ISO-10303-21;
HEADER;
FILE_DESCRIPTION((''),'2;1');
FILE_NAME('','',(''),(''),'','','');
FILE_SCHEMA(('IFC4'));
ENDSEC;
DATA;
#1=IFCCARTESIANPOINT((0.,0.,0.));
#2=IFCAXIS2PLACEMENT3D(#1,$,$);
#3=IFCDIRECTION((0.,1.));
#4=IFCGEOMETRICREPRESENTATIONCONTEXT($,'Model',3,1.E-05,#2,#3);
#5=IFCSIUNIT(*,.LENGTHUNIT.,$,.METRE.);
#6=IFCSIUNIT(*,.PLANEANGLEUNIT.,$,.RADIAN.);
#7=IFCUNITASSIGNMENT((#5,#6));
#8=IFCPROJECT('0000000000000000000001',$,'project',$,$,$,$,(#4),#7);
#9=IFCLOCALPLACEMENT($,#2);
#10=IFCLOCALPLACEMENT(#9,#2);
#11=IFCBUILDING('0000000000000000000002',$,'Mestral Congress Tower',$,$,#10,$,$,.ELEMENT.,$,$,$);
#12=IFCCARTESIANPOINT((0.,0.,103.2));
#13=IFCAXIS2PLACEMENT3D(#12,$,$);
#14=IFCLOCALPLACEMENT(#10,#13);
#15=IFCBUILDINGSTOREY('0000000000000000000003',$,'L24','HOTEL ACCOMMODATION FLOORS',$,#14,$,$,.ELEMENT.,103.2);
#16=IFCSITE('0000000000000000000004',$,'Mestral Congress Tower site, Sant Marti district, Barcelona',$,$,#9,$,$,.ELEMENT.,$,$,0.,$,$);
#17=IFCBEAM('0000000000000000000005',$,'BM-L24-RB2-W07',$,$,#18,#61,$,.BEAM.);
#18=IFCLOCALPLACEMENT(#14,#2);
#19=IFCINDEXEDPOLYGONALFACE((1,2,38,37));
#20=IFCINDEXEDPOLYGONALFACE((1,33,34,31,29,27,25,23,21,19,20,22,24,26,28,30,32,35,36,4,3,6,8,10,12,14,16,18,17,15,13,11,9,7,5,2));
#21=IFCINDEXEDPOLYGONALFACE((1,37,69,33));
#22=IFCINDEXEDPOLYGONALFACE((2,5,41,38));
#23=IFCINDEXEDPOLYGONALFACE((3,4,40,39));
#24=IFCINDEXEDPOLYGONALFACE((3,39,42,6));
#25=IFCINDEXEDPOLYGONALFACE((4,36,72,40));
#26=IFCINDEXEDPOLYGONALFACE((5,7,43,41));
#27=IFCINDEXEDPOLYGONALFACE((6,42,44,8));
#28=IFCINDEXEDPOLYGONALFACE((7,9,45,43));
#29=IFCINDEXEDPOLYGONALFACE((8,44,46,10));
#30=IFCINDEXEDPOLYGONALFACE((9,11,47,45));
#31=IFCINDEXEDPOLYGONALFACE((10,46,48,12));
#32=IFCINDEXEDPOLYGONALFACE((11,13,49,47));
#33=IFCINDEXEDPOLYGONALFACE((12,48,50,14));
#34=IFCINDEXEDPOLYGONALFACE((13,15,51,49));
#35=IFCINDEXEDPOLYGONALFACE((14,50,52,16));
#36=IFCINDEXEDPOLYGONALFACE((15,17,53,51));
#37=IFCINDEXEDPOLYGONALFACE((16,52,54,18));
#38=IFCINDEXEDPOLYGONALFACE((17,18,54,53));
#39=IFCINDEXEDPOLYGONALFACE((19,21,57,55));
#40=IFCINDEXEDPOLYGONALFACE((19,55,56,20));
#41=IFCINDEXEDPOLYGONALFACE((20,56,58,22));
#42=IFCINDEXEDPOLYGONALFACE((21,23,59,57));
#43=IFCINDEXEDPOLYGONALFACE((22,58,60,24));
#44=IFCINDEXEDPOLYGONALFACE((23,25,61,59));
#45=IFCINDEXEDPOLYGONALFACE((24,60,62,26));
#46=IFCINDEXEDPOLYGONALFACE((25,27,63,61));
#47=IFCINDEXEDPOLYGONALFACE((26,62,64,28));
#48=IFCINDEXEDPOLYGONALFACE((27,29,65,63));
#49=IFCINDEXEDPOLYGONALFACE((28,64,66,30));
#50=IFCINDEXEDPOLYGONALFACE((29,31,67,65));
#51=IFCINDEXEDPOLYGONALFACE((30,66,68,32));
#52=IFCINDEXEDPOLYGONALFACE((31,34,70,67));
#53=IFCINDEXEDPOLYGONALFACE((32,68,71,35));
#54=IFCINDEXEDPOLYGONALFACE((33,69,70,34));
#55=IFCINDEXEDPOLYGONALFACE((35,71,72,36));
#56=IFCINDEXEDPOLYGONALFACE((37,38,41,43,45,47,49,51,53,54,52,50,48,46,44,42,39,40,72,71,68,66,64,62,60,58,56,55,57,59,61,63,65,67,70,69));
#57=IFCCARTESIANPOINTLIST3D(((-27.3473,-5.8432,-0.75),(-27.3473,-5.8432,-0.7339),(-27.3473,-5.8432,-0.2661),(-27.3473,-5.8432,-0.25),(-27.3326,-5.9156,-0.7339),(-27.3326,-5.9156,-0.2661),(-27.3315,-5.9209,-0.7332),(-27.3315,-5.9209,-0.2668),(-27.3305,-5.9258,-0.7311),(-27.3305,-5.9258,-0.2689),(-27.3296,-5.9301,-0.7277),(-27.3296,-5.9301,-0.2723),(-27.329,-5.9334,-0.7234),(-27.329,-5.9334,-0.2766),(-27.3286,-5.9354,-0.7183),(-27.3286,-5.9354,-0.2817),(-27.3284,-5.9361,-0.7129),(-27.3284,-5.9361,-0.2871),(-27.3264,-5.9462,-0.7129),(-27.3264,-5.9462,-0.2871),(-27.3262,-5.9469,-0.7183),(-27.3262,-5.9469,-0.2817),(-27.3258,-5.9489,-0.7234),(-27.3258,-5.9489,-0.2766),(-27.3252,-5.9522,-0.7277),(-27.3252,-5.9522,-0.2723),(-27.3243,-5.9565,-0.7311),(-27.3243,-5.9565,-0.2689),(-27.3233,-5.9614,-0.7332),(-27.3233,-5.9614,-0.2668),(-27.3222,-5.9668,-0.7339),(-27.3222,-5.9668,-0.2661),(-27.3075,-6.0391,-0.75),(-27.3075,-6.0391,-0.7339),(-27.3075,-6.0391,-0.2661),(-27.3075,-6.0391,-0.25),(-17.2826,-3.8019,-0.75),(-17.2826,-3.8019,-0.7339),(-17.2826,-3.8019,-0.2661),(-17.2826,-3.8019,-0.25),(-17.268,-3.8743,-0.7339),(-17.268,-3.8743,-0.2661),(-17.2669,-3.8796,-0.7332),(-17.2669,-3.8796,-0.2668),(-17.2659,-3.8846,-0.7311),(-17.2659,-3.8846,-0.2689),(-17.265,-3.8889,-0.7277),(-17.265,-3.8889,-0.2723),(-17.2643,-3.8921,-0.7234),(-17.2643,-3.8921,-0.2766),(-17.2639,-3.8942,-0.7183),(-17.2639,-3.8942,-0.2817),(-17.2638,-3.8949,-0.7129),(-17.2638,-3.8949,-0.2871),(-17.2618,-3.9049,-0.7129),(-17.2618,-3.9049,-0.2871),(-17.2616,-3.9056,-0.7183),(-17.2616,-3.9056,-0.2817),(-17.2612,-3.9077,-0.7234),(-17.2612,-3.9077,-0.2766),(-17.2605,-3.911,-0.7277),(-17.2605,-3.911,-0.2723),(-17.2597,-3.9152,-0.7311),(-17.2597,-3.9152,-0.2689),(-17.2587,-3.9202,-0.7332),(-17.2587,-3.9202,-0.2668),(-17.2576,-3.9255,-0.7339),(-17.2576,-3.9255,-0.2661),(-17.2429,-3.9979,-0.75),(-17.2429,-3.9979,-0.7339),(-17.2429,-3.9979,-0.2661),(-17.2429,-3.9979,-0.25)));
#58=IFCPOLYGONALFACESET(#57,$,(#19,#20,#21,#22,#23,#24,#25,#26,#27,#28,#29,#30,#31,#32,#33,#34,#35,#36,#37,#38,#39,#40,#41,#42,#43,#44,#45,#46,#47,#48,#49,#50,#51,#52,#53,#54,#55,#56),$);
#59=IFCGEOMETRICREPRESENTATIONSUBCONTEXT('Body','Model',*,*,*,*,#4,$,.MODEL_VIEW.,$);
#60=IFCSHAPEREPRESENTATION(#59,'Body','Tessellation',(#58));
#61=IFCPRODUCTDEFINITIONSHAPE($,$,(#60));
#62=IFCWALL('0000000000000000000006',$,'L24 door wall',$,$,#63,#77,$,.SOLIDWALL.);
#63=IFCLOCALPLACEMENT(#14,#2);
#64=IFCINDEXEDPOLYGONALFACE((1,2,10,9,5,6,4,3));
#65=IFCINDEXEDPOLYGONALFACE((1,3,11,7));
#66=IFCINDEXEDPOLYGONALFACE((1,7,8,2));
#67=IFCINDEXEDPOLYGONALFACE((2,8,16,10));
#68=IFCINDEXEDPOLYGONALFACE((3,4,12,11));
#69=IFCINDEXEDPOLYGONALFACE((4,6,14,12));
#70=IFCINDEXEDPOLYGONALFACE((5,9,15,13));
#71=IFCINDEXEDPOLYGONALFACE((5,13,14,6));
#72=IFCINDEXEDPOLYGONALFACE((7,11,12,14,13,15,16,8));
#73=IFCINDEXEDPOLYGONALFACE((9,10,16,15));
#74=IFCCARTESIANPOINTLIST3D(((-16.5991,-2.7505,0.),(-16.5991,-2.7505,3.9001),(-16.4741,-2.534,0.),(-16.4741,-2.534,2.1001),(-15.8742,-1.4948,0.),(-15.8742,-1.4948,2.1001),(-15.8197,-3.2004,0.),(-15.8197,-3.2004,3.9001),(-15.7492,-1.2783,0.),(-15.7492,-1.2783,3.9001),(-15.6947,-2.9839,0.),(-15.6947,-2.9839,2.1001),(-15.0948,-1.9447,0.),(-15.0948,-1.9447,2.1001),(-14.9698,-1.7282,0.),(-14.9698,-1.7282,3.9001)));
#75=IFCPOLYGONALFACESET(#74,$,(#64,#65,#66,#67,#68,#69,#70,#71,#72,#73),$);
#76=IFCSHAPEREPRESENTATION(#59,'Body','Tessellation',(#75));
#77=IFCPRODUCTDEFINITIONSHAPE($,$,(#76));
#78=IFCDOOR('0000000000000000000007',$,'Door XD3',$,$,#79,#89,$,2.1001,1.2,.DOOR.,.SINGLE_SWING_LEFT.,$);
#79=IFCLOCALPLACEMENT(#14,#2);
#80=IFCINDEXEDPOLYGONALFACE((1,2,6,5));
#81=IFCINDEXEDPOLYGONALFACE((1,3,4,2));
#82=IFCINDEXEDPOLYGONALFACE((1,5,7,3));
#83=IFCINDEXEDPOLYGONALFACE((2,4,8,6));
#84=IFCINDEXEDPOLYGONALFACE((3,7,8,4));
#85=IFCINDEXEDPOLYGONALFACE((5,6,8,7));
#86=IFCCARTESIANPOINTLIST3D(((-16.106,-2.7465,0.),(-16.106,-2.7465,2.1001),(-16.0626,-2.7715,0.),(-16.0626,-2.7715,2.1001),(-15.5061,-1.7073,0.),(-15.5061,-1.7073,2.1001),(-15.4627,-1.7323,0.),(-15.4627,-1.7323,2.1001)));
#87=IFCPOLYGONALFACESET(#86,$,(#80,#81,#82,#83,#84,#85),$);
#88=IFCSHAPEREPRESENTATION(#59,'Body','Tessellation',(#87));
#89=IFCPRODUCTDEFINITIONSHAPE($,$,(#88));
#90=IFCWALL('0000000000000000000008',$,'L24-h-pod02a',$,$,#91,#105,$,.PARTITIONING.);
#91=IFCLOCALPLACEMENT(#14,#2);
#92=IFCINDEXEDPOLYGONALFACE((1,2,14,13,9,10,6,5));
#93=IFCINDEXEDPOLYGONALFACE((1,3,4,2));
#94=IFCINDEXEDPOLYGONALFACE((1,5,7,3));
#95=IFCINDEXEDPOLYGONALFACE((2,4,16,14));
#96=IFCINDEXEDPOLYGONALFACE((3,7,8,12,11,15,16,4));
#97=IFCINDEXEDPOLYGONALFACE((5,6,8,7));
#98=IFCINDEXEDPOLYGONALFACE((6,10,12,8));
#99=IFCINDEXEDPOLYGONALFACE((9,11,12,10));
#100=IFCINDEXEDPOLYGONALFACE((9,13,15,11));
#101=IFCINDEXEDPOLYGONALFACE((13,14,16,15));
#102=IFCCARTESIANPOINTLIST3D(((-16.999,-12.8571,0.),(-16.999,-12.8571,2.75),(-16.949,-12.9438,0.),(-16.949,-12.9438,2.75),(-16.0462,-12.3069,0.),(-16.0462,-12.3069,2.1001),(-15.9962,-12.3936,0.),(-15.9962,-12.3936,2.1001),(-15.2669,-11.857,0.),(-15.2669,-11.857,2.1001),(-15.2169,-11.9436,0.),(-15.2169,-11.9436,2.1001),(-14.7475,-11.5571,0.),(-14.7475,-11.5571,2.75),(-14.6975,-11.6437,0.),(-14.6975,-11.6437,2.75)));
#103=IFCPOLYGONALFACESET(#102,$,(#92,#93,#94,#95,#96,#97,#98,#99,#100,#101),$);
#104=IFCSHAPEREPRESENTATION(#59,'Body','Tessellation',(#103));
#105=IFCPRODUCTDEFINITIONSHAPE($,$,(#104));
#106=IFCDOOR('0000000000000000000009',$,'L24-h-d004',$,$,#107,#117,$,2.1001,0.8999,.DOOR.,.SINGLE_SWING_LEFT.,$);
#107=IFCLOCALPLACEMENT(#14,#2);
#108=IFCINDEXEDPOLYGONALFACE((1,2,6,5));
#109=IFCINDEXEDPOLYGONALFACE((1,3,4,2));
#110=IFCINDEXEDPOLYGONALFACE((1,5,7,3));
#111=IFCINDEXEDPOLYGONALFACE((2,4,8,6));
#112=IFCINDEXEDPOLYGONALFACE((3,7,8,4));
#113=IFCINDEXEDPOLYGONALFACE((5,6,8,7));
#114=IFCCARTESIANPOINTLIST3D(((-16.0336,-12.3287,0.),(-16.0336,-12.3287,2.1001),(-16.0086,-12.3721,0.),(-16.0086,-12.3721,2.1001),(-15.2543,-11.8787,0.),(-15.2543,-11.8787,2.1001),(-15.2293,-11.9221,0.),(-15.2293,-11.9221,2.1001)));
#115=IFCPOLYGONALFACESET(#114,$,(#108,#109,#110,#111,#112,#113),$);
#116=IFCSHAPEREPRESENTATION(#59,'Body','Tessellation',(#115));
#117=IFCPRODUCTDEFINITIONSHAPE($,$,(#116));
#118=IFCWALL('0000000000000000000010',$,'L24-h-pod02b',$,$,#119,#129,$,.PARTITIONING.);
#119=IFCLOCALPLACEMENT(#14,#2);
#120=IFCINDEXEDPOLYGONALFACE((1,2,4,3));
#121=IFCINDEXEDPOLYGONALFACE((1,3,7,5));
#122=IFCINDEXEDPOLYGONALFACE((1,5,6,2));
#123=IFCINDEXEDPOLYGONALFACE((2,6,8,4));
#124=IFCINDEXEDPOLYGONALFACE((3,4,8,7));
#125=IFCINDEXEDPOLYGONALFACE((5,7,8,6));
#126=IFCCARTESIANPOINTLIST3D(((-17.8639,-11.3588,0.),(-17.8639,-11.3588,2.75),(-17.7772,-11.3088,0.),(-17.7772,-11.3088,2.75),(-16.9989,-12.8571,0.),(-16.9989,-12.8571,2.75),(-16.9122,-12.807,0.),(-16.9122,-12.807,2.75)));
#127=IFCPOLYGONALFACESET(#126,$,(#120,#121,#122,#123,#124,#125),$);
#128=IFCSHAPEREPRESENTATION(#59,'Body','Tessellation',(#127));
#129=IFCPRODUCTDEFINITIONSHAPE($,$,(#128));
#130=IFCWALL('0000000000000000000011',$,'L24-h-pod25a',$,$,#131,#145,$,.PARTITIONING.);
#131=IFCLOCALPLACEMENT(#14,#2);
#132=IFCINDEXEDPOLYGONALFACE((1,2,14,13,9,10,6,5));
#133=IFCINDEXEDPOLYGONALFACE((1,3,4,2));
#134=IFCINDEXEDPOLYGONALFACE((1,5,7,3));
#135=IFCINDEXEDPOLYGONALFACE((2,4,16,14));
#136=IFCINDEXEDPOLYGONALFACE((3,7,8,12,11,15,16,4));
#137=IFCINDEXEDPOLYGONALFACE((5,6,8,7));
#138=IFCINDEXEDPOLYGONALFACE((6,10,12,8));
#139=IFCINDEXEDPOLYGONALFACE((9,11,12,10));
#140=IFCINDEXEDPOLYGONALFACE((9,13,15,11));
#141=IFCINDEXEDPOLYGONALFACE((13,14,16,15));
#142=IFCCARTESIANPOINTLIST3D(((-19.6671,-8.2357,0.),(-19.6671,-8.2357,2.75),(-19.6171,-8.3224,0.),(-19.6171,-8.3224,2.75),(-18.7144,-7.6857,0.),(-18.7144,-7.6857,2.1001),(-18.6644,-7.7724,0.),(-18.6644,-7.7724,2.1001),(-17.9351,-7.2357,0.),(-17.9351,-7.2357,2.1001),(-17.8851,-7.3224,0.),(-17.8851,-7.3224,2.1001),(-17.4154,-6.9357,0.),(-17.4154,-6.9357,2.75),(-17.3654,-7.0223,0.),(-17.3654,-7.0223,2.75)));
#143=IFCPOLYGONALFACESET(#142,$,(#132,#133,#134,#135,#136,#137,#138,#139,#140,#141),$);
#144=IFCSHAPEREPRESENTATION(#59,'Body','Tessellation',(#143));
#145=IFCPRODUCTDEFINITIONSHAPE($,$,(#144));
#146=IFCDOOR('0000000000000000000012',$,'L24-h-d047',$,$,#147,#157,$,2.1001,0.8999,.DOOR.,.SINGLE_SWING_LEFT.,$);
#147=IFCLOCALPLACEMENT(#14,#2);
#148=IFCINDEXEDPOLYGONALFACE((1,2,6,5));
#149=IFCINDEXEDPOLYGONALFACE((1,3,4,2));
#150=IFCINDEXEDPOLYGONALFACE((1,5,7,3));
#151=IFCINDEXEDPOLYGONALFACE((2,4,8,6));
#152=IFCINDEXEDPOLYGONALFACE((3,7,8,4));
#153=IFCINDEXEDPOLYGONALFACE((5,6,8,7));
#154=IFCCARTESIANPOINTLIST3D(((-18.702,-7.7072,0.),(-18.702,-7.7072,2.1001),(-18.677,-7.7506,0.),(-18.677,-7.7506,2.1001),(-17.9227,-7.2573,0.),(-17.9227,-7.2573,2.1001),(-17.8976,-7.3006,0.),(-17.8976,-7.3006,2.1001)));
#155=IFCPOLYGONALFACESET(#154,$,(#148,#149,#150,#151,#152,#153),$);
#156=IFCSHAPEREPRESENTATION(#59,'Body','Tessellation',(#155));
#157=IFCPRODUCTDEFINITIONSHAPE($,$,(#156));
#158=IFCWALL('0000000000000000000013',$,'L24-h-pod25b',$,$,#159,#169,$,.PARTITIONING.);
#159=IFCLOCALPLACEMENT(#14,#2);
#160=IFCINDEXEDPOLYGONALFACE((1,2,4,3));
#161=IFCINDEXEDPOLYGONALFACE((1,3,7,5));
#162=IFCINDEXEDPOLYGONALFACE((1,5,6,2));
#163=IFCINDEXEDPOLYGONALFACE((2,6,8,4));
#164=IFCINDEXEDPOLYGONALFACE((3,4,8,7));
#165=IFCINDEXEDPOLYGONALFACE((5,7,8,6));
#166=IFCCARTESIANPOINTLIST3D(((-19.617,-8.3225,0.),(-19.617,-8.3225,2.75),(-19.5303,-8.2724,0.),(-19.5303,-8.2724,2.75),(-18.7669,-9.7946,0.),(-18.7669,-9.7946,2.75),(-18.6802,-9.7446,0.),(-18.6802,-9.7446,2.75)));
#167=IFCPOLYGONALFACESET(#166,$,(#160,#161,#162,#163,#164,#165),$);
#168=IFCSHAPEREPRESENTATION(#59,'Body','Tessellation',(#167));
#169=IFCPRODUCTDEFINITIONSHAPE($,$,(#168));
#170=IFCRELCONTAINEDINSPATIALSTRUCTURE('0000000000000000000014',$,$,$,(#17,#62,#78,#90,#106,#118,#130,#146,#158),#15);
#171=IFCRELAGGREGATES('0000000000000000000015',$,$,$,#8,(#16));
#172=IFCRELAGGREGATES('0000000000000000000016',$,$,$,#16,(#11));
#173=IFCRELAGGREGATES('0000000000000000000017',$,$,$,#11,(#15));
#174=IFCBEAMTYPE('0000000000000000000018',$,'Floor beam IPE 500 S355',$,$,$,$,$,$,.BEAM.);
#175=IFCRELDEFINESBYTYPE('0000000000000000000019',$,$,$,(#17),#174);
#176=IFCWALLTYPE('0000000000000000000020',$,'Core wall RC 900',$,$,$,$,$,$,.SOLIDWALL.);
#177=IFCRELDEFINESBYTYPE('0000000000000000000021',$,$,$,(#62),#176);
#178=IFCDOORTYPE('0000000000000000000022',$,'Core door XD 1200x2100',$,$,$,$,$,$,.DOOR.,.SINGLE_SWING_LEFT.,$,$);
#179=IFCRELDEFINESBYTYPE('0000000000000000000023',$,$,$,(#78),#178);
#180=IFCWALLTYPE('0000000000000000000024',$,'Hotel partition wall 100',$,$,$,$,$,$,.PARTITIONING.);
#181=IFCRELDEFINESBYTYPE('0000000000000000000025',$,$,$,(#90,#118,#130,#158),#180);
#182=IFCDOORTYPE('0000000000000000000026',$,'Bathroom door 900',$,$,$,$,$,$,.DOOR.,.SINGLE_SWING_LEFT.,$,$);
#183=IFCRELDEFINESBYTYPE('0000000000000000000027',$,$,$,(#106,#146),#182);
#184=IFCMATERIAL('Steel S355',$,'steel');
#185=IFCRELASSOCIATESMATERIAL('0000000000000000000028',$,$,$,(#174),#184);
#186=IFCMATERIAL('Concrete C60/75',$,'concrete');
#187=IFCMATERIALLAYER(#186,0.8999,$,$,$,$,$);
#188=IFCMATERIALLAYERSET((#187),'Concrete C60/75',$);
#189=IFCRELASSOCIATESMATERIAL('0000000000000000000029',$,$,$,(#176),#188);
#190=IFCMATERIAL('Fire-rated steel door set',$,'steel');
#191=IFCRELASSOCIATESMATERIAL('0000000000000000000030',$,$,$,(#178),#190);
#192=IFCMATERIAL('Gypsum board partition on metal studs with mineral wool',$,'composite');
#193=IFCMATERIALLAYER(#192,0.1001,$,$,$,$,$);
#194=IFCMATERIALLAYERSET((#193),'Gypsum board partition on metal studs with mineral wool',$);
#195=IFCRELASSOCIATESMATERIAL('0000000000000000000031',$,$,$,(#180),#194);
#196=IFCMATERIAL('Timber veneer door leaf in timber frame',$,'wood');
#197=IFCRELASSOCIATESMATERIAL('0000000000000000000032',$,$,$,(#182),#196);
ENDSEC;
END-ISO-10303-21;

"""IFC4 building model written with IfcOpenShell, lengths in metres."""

from ifc_helpers import new_model, si_unit, direction, frame, frame_2d, origin, origin_2d, place, context, subcontext, project, spatial, rectangle, i_section, extrude, material, layer, layer_set, material_profile, profile_set, type_object, element, fill, save


model = new_model("IFC4")

# Units and contexts
model_context = context("Model", 3, precision=1e-05, world=origin(), true_north=direction((0.0, 1.0)))
body_context = subcontext(model_context, "Body", "Model", "MODEL_VIEW")
ifc_project = project(units=[si_unit("LENGTHUNIT", "METRE"), si_unit("PLANEANGLEUNIT", "RADIAN")], contexts=[model_context])

# Site, building, storey
site_placement = place(None, origin())
site = spatial("IfcSite", under=ifc_project, at=site_placement, Name="Mestral Congress Tower site, Sant Marti district, Barcelona", CompositionType="ELEMENT", RefElevation=0.0)
building_placement = place(site_placement, origin())
building = spatial("IfcBuilding", under=site, at=building_placement, Name="Mestral Congress Tower", CompositionType="ELEMENT")
storey_placement = place(building_placement, frame((0.0, 0.0, 103.2)))
storey = spatial("IfcBuildingStorey", under=building, at=storey_placement, Name="L24", Description="HOTEL ACCOMMODATION FLOORS", CompositionType="ELEMENT", Elevation=103.2)

# Beam
ifc_material_1 = material(Name="Steel S355", Category="steel")
ifc_material_profile = material_profile(ifc_material_1, i_section(OverallWidth=0.2, OverallDepth=0.5, WebThickness=0.0103, FlangeThickness=0.0161, FilletRadius=0.021, at=origin_2d()), Name="IPE 500")
ifc_profile_set = profile_set([ifc_material_profile], Name="Steel S355")
beam_type = type_object("IfcBeamType", Name="Floor beam IPE 500 S355", PredefinedType="BEAM", material=ifc_profile_set)
beam_placement = place(storey_placement, frame((-27.3274, -5.9412, -0.5), z_axis=(0.980047, 0.198767, 0.0), x_axis=(-0.198767, 0.980047, 0.0)))
element("IfcBeam", 1, at=beam_placement, inside=storey, type_object=beam_type, Name="BM-L24-RB2-W07", PredefinedType="BEAM", context=body_context, shape_type="SweptSolid", body=[
    extrude(i_section(OverallWidth=0.2, OverallDepth=0.5, WebThickness=0.0103, FlangeThickness=0.0161, FilletRadius=0.021, at=origin_2d()), origin(), (0.0, 0.0, 1.0), 10.2695),
])

# Walls, openings, doors
ifc_material_2 = material(Name="Concrete C60/75", Category="concrete")
ifc_layer_1 = layer(ifc_material_2, 0.8999)
ifc_layer_set_1 = layer_set([ifc_layer_1], Name="Concrete C60/75")
wall_type_1 = type_object("IfcWallType", Name="Core wall RC 900", PredefinedType="SOLIDWALL", material=ifc_layer_set_1)
wall_1_placement = place(storey_placement, frame((-16.2095, -2.9756, 0.0), z_axis=(0.0, 0.0, 1.0), x_axis=(0.499955, 0.866052, 0.0)))
wall_1 = element("IfcWall", 2, at=wall_1_placement, inside=storey, type_object=wall_type_1, Name="L24 door wall", PredefinedType="SOLIDWALL", context=body_context, shape_type="SweptSolid", body=[
    extrude(rectangle(XDim=1.7, YDim=0.8999, at=frame_2d((0.8501, 0.0))), origin(), (0.0, 0.0, 1.0), 3.9001),
])
opening_1_placement = place(wall_1_placement, frame((0.25, 0.0, 0.0)))
opening_1 = element("IfcOpeningElement", 3, at=opening_1_placement, cuts=wall_1, PredefinedType="OPENING", context=body_context, shape_type="SweptSolid", body=[
    extrude(rectangle(XDim=1.2, YDim=2.1001, at=frame_2d((0.6001, 1.05))), frame((0.0, 0.46, 0.0), z_axis=(0.0, -1.0, 0.0), x_axis=(1.0, 0.0, 0.0)), (0.0, 0.0, 1.0), 0.9199),
])
ifc_material_3 = material(Name="Fire-rated steel door set", Category="steel")
door_type_1 = type_object("IfcDoorType", Name="Core door XD 1200x2100", OperationType="SINGLE_SWING_LEFT", PredefinedType="DOOR", material=ifc_material_3)
door_1_placement = place(opening_1_placement, origin())
door_1 = element("IfcDoor", 4, at=door_1_placement, inside=storey, type_object=door_type_1, Name="Door XD3", OperationType="SINGLE_SWING_LEFT", OverallHeight=2.1001, OverallWidth=1.2, PredefinedType="DOOR", context=body_context, shape_type="SweptSolid", body=[
    extrude(rectangle(XDim=1.2, YDim=2.1001, at=frame_2d((0.6001, 1.05))), frame((0.0, 0.0249, 0.0), z_axis=(0.0, -1.0, 0.0), x_axis=(1.0, 0.0, 0.0)), (0.0, 0.0, 1.0), 0.05),
])
fill(opening_1, door_1)
ifc_material_4 = material(Name="Gypsum board partition on metal studs with mineral wool", Category="composite")
ifc_layer_2 = layer(ifc_material_4, 0.1001)
ifc_layer_set_2 = layer_set([ifc_layer_2], Name="Gypsum board partition on metal studs with mineral wool")
wall_type_2 = type_object("IfcWallType", Name="Hotel partition wall 100", PredefinedType="PARTITIONING", material=ifc_layer_set_2)
wall_2_placement = place(storey_placement, frame((-16.9739, -12.9004, 0.0), z_axis=(0.0, 0.0, 1.0), x_axis=(0.865998, 0.500048, 0.0)))
wall_2 = element("IfcWall", 5, at=wall_2_placement, inside=storey, type_object=wall_type_2, Name="L24-h-pod02a", PredefinedType="PARTITIONING", context=body_context, shape_type="SweptSolid", body=[
    extrude(rectangle(XDim=2.5999, YDim=0.1001, at=frame_2d((1.2998, 0.0))), origin(), (0.0, 0.0, 1.0), 2.75),
])
opening_2_placement = place(wall_2_placement, frame((1.1001, 0.0, 0.0)))
opening_2 = element("IfcOpeningElement", 6, at=opening_2_placement, cuts=wall_2, PredefinedType="OPENING", context=body_context, shape_type="SweptSolid", body=[
    extrude(rectangle(XDim=0.8999, YDim=2.1001, at=frame_2d((0.45, 1.05))), frame((0.0, 0.0601, 0.0), z_axis=(0.0, -1.0, 0.0), x_axis=(1.0, 0.0, 0.0)), (0.0, 0.0, 1.0), 0.1201),
])
ifc_material_5 = material(Name="Timber veneer door leaf in timber frame", Category="wood")
door_type_2 = type_object("IfcDoorType", Name="Bathroom door 900", OperationType="SINGLE_SWING_LEFT", PredefinedType="DOOR", material=ifc_material_5)
door_2_placement = place(opening_2_placement, origin())
door_2 = element("IfcDoor", 7, at=door_2_placement, inside=storey, type_object=door_type_2, Name="L24-h-d004", OperationType="SINGLE_SWING_LEFT", OverallHeight=2.1001, OverallWidth=0.8999, PredefinedType="DOOR", context=body_context, shape_type="SweptSolid", body=[
    extrude(rectangle(XDim=0.8999, YDim=2.1001, at=frame_2d((0.45, 1.05))), frame((0.0, 0.0249, 0.0), z_axis=(0.0, -1.0, 0.0), x_axis=(1.0, 0.0, 0.0)), (0.0, 0.0, 1.0), 0.05),
])
fill(opening_2, door_2)

# Wall
wall_3_placement = place(storey_placement, frame((-16.9556, -12.832, 0.0), z_axis=(0.0, 0.0, 1.0), x_axis=(-0.499979, 0.866038, 0.0)))
element("IfcWall", 8, at=wall_3_placement, inside=storey, type_object=wall_type_2, Name="L24-h-pod02b", PredefinedType="PARTITIONING", context=body_context, shape_type="SweptSolid", body=[
    extrude(rectangle(XDim=1.73, YDim=0.1001, at=frame_2d((0.865, 0.0))), origin(), (0.0, 0.0, 1.0), 2.75),
])

# Wall, opening, door
wall_4_placement = place(storey_placement, frame((-17.3904, -6.979, 0.0), z_axis=(0.0, 0.0, 1.0), x_axis=(-0.866021, -0.500007, 0.0)))
wall_4 = element("IfcWall", 9, at=wall_4_placement, inside=storey, type_object=wall_type_2, Name="L24-h-pod25a", PredefinedType="PARTITIONING", context=body_context, shape_type="SweptSolid", body=[
    extrude(rectangle(XDim=2.6001, YDim=0.1001, at=frame_2d((1.3, 0.0))), origin(), (0.0, 0.0, 1.0), 2.75),
])
opening_3_placement = place(wall_4_placement, frame((0.6001, 0.0, 0.0)))
opening_3 = element("IfcOpeningElement", 10, at=opening_3_placement, cuts=wall_4, PredefinedType="OPENING", context=body_context, shape_type="SweptSolid", body=[
    extrude(rectangle(XDim=0.8999, YDim=2.1001, at=frame_2d((0.45, 1.05))), frame((0.0, 0.0601, 0.0), z_axis=(0.0, -1.0, 0.0), x_axis=(1.0, 0.0, 0.0)), (0.0, 0.0, 1.0), 0.1201),
])
door_3_placement = place(opening_3_placement, origin())
door_3 = element("IfcDoor", 11, at=door_3_placement, inside=storey, type_object=door_type_2, Name="L24-h-d047", OperationType="SINGLE_SWING_LEFT", OverallHeight=2.1001, OverallWidth=0.8999, PredefinedType="DOOR", context=body_context, shape_type="SweptSolid", body=[
    extrude(rectangle(XDim=0.8999, YDim=2.1001, at=frame_2d((0.45, 1.05))), frame((0.0, 0.0249, 0.0), z_axis=(0.0, -1.0, 0.0), x_axis=(1.0, 0.0, 0.0)), (0.0, 0.0, 1.0), 0.05),
])
fill(opening_3, door_3)

# Wall
wall_5_placement = place(storey_placement, frame((-19.5737, -8.2974, 0.0), z_axis=(0.0, 0.0, 1.0), x_axis=(0.500062, -0.865989, 0.0)))
element("IfcWall", 12, at=wall_5_placement, inside=storey, type_object=wall_type_2, Name="L24-h-pod25b", PredefinedType="PARTITIONING", context=body_context, shape_type="SweptSolid", body=[
    extrude(rectangle(XDim=1.7, YDim=0.1001, at=frame_2d((0.8501, 0.0))), origin(), (0.0, 0.0, 1.0), 2.75),
])

save(model, "model.ifc")
